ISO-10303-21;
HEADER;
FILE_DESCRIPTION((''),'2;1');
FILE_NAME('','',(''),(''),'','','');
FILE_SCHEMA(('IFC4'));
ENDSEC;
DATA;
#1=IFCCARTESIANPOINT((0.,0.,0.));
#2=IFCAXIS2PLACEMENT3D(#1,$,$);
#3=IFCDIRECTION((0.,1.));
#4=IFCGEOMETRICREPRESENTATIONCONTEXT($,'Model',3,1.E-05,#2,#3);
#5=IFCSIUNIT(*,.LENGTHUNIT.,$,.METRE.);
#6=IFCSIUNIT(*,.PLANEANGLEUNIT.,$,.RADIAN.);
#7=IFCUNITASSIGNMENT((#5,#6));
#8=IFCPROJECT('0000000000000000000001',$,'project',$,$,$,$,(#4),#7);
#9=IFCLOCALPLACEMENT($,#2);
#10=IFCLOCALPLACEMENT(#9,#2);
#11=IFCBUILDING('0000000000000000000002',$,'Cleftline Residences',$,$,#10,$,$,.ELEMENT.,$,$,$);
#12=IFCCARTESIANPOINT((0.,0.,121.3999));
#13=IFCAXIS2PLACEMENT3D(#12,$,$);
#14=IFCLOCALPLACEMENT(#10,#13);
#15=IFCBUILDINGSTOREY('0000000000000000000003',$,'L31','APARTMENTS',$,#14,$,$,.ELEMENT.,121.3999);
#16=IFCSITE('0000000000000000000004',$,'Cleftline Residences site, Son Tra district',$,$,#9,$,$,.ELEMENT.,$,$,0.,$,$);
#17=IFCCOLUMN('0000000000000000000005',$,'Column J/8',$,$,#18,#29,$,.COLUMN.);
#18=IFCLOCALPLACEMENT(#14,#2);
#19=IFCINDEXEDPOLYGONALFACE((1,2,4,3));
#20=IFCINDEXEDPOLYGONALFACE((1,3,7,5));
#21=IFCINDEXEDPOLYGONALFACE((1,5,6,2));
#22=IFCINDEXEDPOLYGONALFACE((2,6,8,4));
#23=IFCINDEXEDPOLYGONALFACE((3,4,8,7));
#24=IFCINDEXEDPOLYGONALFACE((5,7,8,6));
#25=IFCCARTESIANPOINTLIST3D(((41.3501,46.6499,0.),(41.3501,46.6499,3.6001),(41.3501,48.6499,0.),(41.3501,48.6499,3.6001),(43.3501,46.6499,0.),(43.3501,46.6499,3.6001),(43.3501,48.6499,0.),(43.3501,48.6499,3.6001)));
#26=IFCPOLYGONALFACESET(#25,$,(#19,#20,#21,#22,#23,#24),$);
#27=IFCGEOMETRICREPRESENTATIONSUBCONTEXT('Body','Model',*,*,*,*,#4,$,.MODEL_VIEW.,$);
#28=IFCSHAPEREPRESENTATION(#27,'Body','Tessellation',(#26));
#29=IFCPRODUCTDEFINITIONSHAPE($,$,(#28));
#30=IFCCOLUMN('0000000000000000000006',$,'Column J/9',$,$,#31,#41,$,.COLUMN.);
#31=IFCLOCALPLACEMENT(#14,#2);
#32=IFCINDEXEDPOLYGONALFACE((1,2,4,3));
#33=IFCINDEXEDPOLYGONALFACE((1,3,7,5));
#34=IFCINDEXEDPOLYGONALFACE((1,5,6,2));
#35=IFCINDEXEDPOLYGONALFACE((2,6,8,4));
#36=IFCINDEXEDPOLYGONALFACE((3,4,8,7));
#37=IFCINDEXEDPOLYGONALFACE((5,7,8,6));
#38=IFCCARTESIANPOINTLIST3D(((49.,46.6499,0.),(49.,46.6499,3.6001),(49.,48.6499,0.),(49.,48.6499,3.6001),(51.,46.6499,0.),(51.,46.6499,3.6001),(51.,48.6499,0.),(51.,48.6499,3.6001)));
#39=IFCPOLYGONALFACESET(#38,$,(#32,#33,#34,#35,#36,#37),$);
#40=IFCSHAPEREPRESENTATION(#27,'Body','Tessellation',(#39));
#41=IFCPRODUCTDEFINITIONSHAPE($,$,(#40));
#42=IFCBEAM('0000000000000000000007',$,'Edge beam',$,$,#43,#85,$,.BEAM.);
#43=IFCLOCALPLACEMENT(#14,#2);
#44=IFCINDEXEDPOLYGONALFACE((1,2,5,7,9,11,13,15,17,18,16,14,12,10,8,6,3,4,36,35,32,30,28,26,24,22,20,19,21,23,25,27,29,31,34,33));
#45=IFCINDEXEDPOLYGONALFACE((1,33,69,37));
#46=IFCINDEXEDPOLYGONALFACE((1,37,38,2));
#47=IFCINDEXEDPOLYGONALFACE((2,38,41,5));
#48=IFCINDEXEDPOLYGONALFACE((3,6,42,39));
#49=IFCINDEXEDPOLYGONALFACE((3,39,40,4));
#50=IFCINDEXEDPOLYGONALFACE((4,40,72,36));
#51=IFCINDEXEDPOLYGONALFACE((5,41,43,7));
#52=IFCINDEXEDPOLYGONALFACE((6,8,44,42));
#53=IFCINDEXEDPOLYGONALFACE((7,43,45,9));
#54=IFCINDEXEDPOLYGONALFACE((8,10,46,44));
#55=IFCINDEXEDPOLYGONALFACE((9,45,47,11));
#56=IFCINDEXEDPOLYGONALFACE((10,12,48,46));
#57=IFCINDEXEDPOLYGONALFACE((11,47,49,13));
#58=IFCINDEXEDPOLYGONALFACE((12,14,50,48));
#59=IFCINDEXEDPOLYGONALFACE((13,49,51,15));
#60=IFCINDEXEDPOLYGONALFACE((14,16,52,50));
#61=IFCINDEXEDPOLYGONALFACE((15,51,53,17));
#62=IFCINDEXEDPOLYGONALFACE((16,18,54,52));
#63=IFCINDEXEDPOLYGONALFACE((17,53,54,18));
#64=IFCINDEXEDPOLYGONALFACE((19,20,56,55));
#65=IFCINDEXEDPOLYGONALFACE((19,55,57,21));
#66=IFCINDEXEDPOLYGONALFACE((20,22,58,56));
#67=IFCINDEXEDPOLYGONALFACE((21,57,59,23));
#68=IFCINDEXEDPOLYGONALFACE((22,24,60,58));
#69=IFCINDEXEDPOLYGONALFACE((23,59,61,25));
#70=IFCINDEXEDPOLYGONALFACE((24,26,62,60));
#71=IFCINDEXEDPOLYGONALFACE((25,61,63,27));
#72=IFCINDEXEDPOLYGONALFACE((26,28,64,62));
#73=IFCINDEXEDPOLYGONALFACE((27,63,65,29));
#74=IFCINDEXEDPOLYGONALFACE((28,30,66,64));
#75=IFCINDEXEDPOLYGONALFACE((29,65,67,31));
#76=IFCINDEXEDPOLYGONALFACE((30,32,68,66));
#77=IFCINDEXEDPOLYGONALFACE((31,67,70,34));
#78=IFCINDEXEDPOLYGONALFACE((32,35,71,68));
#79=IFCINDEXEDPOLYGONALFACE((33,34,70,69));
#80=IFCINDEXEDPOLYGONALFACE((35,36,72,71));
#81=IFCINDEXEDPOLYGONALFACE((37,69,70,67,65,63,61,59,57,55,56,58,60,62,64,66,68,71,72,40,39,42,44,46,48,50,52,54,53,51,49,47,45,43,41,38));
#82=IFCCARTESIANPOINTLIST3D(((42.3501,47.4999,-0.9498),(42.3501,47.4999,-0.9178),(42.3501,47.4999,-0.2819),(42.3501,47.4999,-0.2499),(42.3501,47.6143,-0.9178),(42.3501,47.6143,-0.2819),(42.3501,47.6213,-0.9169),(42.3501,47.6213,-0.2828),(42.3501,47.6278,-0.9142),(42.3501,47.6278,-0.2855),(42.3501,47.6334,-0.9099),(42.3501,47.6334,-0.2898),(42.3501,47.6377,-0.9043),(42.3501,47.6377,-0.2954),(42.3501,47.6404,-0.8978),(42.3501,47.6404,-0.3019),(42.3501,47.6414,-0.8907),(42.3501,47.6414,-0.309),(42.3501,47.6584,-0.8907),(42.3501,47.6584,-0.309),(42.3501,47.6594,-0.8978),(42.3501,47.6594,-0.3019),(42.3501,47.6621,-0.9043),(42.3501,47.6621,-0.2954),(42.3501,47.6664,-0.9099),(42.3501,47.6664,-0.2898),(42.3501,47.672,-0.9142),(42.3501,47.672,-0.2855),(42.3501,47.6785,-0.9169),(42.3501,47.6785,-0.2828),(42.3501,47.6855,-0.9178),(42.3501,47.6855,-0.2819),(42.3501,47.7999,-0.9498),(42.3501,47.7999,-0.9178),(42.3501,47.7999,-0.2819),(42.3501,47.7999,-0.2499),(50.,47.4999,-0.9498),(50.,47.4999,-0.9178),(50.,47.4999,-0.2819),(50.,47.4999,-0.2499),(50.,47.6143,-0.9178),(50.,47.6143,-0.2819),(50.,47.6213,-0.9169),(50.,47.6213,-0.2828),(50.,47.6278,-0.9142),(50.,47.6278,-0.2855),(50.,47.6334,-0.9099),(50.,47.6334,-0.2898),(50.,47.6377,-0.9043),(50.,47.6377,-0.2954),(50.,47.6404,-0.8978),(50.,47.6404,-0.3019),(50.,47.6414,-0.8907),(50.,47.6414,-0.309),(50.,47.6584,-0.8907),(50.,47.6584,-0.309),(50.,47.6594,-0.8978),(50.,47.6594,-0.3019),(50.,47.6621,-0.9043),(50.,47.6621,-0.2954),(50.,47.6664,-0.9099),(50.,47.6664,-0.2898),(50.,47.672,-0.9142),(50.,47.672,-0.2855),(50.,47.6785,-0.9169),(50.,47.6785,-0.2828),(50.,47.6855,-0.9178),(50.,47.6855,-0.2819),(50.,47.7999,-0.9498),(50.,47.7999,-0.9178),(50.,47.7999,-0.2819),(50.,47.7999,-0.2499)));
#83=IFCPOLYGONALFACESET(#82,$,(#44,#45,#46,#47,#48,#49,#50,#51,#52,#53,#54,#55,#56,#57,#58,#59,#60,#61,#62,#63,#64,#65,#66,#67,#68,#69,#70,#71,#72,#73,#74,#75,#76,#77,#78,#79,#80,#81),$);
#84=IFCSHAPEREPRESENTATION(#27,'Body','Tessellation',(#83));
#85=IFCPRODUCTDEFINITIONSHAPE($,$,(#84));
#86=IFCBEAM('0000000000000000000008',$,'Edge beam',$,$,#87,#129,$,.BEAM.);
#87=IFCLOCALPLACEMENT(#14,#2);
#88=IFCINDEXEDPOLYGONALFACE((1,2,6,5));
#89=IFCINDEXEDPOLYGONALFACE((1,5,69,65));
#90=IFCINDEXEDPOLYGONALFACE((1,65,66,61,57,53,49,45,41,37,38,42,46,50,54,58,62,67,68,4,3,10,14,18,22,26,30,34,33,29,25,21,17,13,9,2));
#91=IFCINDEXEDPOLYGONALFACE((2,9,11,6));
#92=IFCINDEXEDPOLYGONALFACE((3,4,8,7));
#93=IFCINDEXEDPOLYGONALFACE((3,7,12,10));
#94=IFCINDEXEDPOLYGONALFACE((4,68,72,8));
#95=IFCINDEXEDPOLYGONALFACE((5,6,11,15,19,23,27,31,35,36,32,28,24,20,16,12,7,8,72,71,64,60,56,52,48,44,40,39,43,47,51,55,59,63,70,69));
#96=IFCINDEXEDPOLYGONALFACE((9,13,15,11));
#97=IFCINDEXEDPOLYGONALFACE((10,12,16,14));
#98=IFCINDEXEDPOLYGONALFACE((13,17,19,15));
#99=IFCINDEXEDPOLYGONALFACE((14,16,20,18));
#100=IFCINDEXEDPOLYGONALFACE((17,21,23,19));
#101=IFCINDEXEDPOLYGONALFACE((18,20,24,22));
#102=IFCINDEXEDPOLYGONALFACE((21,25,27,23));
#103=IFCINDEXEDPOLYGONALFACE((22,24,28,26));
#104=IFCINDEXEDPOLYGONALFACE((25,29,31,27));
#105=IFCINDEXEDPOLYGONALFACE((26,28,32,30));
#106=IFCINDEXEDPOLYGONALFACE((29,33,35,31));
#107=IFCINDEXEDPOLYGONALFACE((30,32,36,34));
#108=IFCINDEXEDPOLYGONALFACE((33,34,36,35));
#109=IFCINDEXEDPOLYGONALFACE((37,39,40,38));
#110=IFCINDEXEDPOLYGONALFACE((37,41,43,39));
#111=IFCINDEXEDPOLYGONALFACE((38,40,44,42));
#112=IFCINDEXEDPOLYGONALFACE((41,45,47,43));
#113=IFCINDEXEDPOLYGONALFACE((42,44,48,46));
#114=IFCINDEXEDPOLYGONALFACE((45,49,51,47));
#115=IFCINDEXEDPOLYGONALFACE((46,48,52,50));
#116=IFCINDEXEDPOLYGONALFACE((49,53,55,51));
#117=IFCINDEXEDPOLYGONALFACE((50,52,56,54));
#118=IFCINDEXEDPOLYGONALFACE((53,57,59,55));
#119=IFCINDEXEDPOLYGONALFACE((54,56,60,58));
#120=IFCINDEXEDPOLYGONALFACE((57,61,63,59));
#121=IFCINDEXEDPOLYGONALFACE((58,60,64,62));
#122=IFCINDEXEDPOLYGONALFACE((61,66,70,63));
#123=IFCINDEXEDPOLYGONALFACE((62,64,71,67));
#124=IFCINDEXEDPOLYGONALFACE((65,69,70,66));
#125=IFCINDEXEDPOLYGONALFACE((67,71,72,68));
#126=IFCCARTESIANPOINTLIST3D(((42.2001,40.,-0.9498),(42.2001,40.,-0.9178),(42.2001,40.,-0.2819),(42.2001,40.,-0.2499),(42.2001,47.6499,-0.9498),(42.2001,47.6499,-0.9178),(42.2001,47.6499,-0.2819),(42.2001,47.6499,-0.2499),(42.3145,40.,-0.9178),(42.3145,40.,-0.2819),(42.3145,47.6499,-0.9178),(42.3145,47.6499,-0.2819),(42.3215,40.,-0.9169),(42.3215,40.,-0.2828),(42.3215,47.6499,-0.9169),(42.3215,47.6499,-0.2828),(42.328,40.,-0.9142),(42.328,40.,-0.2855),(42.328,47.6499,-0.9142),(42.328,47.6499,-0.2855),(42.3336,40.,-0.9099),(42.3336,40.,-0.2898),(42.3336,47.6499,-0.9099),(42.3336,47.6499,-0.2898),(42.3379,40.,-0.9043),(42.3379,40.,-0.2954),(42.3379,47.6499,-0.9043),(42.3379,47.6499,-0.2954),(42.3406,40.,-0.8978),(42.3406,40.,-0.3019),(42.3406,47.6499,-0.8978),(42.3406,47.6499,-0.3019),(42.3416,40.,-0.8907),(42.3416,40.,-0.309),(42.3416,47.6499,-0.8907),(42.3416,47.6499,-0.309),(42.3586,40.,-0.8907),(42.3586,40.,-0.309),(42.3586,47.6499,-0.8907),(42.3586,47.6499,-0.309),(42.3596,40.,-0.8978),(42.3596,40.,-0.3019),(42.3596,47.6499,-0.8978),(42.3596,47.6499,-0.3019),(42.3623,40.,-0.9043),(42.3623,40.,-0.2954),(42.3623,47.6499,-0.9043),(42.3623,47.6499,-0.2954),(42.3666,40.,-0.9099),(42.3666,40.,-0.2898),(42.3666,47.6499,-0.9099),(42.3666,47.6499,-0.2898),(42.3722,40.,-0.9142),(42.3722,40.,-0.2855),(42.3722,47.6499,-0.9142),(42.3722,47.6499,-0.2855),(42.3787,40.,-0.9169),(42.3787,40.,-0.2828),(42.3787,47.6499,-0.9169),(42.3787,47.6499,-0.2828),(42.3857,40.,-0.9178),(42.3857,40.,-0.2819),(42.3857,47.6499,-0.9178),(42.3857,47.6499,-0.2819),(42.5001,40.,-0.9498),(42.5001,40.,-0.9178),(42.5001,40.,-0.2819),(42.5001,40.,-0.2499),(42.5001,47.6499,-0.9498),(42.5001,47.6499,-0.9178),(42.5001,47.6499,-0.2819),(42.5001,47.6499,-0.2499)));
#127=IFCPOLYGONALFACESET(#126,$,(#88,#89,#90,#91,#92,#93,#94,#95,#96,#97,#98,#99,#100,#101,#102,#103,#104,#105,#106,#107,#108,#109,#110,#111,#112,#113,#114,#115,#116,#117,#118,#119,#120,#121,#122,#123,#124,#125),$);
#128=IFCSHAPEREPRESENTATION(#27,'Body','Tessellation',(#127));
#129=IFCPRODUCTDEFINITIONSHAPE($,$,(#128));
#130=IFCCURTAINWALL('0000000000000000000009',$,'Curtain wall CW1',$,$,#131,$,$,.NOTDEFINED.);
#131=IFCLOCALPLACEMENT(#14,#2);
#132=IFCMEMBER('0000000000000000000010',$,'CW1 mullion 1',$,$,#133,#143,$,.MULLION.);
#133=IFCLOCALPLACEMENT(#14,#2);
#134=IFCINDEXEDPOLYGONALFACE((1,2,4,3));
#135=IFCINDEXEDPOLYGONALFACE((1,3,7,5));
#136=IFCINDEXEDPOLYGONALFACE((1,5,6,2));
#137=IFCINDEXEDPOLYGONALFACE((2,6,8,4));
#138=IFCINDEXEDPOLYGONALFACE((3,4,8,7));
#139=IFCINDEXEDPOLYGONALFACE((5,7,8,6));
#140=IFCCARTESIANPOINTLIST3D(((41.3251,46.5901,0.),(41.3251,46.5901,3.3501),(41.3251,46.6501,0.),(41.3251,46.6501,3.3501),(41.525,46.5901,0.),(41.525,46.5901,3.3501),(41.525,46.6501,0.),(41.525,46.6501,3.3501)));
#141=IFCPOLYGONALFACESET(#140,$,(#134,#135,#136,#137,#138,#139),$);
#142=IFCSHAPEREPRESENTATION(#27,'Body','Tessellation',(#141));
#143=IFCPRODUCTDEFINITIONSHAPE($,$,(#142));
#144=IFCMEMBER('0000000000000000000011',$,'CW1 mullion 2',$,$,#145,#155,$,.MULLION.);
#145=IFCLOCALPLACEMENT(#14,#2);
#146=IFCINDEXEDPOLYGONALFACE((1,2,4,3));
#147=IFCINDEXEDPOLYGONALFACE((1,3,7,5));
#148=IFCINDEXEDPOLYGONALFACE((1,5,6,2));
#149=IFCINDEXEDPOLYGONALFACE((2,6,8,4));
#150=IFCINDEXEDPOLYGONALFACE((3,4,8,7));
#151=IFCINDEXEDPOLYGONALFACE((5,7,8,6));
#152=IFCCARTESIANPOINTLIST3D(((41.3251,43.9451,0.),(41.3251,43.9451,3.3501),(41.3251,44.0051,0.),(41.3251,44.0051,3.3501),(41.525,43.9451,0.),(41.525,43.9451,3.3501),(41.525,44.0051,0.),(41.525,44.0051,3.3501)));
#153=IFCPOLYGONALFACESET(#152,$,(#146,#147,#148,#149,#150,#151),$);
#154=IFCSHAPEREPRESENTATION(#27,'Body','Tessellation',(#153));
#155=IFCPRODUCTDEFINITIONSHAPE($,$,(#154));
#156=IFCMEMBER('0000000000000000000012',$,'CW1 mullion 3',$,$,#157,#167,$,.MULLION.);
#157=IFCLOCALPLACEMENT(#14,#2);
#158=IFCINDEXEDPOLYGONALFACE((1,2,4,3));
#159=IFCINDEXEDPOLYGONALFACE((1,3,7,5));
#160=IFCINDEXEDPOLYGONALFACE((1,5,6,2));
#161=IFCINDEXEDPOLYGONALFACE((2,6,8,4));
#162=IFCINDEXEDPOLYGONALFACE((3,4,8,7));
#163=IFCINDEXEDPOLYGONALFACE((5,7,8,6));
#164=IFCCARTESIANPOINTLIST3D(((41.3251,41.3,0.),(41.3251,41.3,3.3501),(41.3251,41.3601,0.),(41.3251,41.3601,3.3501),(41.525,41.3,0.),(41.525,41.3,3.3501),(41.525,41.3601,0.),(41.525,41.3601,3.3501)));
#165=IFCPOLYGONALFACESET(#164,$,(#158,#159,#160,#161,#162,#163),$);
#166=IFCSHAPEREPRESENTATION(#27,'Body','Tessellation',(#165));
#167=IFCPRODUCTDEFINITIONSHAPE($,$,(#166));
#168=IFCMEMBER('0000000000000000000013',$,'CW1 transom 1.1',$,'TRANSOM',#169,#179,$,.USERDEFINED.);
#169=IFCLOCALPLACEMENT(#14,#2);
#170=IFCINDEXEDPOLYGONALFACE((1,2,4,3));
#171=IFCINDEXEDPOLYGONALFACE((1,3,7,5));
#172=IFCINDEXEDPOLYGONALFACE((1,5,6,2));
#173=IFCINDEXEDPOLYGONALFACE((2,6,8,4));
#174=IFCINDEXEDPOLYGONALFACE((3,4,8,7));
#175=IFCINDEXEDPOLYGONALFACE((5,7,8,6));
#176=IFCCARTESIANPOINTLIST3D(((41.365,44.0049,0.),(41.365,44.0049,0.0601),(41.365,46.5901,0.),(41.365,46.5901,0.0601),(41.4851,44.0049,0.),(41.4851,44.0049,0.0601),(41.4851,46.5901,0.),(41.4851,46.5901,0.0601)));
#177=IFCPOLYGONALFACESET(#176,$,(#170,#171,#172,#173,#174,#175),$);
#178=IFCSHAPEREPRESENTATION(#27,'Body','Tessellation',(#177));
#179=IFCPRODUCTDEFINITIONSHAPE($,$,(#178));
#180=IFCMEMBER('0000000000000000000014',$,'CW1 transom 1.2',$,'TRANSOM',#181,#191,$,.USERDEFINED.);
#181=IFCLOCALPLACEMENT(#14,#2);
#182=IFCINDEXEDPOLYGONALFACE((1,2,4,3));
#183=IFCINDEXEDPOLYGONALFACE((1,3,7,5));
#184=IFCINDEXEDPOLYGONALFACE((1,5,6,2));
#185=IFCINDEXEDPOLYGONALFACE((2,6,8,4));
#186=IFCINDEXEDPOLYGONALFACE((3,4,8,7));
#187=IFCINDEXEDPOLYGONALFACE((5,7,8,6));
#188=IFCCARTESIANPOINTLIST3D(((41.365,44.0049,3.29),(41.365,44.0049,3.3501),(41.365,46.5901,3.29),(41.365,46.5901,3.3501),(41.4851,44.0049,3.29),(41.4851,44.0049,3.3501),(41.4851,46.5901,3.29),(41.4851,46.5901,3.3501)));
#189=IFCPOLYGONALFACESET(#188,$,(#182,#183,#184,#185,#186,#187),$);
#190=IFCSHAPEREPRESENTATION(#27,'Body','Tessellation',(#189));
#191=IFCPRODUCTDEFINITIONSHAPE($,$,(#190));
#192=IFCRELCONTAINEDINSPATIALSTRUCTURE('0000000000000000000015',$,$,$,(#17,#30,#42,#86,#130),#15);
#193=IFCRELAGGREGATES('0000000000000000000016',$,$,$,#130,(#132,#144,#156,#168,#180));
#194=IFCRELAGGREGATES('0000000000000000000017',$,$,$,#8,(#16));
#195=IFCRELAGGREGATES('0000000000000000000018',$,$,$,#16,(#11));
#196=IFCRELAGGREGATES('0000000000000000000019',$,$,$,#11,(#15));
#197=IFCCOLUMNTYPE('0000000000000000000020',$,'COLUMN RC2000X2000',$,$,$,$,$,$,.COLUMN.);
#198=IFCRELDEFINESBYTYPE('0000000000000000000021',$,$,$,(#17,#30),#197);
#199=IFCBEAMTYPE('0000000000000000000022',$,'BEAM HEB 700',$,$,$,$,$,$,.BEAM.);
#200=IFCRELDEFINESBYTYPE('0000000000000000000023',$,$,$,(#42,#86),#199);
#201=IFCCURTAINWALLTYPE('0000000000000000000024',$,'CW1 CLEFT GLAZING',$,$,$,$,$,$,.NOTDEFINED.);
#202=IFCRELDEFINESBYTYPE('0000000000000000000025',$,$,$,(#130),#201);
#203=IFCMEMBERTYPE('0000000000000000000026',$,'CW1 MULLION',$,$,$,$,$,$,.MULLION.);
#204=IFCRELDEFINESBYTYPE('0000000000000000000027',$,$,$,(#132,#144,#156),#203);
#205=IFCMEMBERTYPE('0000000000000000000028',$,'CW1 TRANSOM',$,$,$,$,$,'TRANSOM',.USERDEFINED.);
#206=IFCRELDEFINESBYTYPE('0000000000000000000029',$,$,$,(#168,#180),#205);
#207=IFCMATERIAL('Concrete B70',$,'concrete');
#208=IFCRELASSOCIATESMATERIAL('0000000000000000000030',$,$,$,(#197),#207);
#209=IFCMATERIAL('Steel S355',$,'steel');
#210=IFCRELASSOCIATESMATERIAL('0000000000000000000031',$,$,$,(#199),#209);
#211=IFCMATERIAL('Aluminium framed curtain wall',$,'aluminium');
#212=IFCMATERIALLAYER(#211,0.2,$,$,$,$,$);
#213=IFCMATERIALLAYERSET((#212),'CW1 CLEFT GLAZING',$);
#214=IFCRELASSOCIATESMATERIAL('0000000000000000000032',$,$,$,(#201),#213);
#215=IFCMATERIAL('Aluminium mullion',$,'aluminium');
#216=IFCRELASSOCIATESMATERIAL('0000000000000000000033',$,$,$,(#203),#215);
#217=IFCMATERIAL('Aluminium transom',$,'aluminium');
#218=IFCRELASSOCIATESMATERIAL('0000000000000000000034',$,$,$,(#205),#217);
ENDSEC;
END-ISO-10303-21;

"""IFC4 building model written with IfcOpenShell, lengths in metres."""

from ifc_helpers import new_model, si_unit, direction, frame, origin, origin_2d, place, context, subcontext, project, spatial, rectangle, i_section, extrude, material, layer, layer_set, material_profile, profile_set, type_object, element, aggregate, save


model = new_model("IFC4")

# Units and contexts
model_context = context("Model", 3, precision=1e-05, world=origin(), true_north=direction((0.0, 1.0)))
body_context = subcontext(model_context, "Body", "Model", "MODEL_VIEW")
ifc_project = project(units=[si_unit("LENGTHUNIT", "METRE"), si_unit("PLANEANGLEUNIT", "RADIAN")], contexts=[model_context])

# Site, building, storey
site_placement = place(None, origin())
site = spatial("IfcSite", under=ifc_project, at=site_placement, Name="Cleftline Residences site, Son Tra district", CompositionType="ELEMENT", RefElevation=0.0)
building_placement = place(site_placement, origin())
building = spatial("IfcBuilding", under=site, at=building_placement, Name="Cleftline Residences", CompositionType="ELEMENT")
storey_placement = place(building_placement, frame((0.0, 0.0, 121.3999)))
storey = spatial("IfcBuildingStorey", under=building, at=storey_placement, Name="L31", Description="APARTMENTS", CompositionType="ELEMENT", Elevation=121.3999)

# Columns
ifc_material_1 = material(Name="Concrete B70", Category="concrete")
ifc_material_profile_1 = material_profile(ifc_material_1, rectangle(XDim=2.0, YDim=2.0, at=origin_2d()))
ifc_profile_set_1 = profile_set([ifc_material_profile_1], Name="Concrete B70")
column_type = type_object("IfcColumnType", Name="COLUMN RC2000X2000", PredefinedType="COLUMN", material=ifc_profile_set_1)
for number, where, z_axis, x_axis, name in (
    (1, (42.3501, 47.6499, 0.0), (0.0, 0.0, 1.0), (1.0, 0.0, 0.0), "Column J/8"),
    (2, (50.0, 47.6499, 0.0), (0.0, 0.0, 1.0), (1.0, 0.0, 0.0), "Column J/9"),
):
    element("IfcColumn", number, at=place(storey_placement, frame(where, z_axis=z_axis, x_axis=x_axis)), inside=storey, type_object=column_type, Name=name, PredefinedType="COLUMN", context=body_context, shape_type="SweptSolid", body=[
        extrude(rectangle(XDim=2.0, YDim=2.0, at=origin_2d()), origin(), (0.0, 0.0, 1.0), 3.6001),
    ])

# Beams
ifc_material_2 = material(Name="Steel S355", Category="steel")
ifc_material_profile_2 = material_profile(ifc_material_2, i_section(OverallWidth=0.3, OverallDepth=0.7, WebThickness=0.0171, FlangeThickness=0.032, FilletRadius=0.0271, at=origin_2d()))
ifc_profile_set_2 = profile_set([ifc_material_profile_2], Name="Steel S355")
beam_type = type_object("IfcBeamType", Name="BEAM HEB 700", PredefinedType="BEAM", material=ifc_profile_set_2)
for number, where, z_axis, x_axis, name in (
    (3, (50.0, 47.6499, -0.5999), (-1.0, 0.0, 0.0), (0.0, -1.0, 0.0), "Edge beam"),
    (4, (42.3501, 47.6499, -0.5999), (0.0, -1.0, 0.0), (1.0, 0.0, 0.0), "Edge beam"),
):
    element("IfcBeam", number, at=place(storey_placement, frame(where, z_axis=z_axis, x_axis=x_axis)), inside=storey, type_object=beam_type, Name=name, PredefinedType="BEAM", context=body_context, shape_type="SweptSolid", body=[
        extrude(i_section(OverallWidth=0.3, OverallDepth=0.7, WebThickness=0.0171, FlangeThickness=0.032, FilletRadius=0.0271, at=origin_2d()), origin(), (0.0, 0.0, 1.0), 7.6499),
    ])

# Curtain wall, members
ifc_material_3 = material(Name="Aluminium framed curtain wall", Category="aluminium")
ifc_layer_1 = layer(ifc_material_3, 0.2)
ifc_layer_set_1 = layer_set([ifc_layer_1], Name="CW1 CLEFT GLAZING")
curtain_wall_type = type_object("IfcCurtainWallType", Name="CW1 CLEFT GLAZING", PredefinedType="NOTDEFINED", material=ifc_layer_set_1)
curtain_wall_placement = place(storey_placement, origin())
curtain_wall = element("IfcCurtainWall", 5, at=curtain_wall_placement, inside=storey, type_object=curtain_wall_type, Name="Curtain wall CW1", PredefinedType="NOTDEFINED")
ifc_material_4 = material(Name="Aluminium mullion", Category="aluminium")
ifc_material_profile_3 = material_profile(ifc_material_4, rectangle(XDim=0.2, YDim=0.0601, at=origin_2d()))
ifc_profile_set_3 = profile_set([ifc_material_profile_3], Name="Aluminium mullion")
member_type_1 = type_object("IfcMemberType", Name="CW1 MULLION", PredefinedType="MULLION", material=ifc_profile_set_3)
member_1_placement = place(storey_placement, frame((41.425, 46.6201, 0.0), z_axis=(0.0, 0.0, 1.0), x_axis=(1.0, 0.0, 0.0)))
member_1 = element("IfcMember", 6, at=member_1_placement, type_object=member_type_1, Name="CW1 mullion 1", PredefinedType="MULLION", context=body_context, shape_type="SweptSolid", body=[
    extrude(rectangle(XDim=0.2, YDim=0.0601, at=origin_2d()), origin(), (0.0, 0.0, 1.0), 3.3501),
])
member_2_placement = place(storey_placement, frame((41.425, 43.9751, 0.0), z_axis=(0.0, 0.0, 1.0), x_axis=(1.0, 0.0, 0.0)))
member_2 = element("IfcMember", 7, at=member_2_placement, type_object=member_type_1, Name="CW1 mullion 2", PredefinedType="MULLION", context=body_context, shape_type="SweptSolid", body=[
    extrude(rectangle(XDim=0.2, YDim=0.0601, at=origin_2d()), origin(), (0.0, 0.0, 1.0), 3.3501),
])
member_3_placement = place(storey_placement, frame((41.425, 41.3301, 0.0), z_axis=(0.0, 0.0, 1.0), x_axis=(1.0, 0.0, 0.0)))
member_3 = element("IfcMember", 8, at=member_3_placement, type_object=member_type_1, Name="CW1 mullion 3", PredefinedType="MULLION", context=body_context, shape_type="SweptSolid", body=[
    extrude(rectangle(XDim=0.2, YDim=0.0601, at=origin_2d()), origin(), (0.0, 0.0, 1.0), 3.3501),
])
ifc_material_5 = material(Name="Aluminium transom", Category="aluminium")
ifc_material_profile_4 = material_profile(ifc_material_5, rectangle(XDim=0.1201, YDim=0.0601, at=origin_2d()))
ifc_profile_set_4 = profile_set([ifc_material_profile_4], Name="Aluminium transom")
member_type_2 = type_object("IfcMemberType", Name="CW1 TRANSOM", ElementType="TRANSOM", PredefinedType="USERDEFINED", material=ifc_profile_set_4)
member_4_placement = place(storey_placement, frame((41.425, 46.5901, 0.03), z_axis=(0.0, -1.0, 0.0), x_axis=(1.0, 0.0, 0.0)))
member_4 = element("IfcMember", 9, at=member_4_placement, type_object=member_type_2, Name="CW1 transom 1.1", ObjectType="TRANSOM", PredefinedType="USERDEFINED", context=body_context, shape_type="SweptSolid", body=[
    extrude(rectangle(XDim=0.1201, YDim=0.0601, at=origin_2d()), origin(), (0.0, 0.0, 1.0), 2.5852),
])
member_5_placement = place(storey_placement, frame((41.425, 46.5901, 3.3201), z_axis=(0.0, -1.0, 0.0), x_axis=(1.0, 0.0, 0.0)))
member_5 = element("IfcMember", 10, at=member_5_placement, type_object=member_type_2, Name="CW1 transom 1.2", ObjectType="TRANSOM", PredefinedType="USERDEFINED", context=body_context, shape_type="SweptSolid", body=[
    extrude(rectangle(XDim=0.1201, YDim=0.0601, at=origin_2d()), origin(), (0.0, 0.0, 1.0), 2.5852),
])
aggregate(curtain_wall, [member_1, member_2, member_3, member_4, member_5])

save(model, "model.ifc")
